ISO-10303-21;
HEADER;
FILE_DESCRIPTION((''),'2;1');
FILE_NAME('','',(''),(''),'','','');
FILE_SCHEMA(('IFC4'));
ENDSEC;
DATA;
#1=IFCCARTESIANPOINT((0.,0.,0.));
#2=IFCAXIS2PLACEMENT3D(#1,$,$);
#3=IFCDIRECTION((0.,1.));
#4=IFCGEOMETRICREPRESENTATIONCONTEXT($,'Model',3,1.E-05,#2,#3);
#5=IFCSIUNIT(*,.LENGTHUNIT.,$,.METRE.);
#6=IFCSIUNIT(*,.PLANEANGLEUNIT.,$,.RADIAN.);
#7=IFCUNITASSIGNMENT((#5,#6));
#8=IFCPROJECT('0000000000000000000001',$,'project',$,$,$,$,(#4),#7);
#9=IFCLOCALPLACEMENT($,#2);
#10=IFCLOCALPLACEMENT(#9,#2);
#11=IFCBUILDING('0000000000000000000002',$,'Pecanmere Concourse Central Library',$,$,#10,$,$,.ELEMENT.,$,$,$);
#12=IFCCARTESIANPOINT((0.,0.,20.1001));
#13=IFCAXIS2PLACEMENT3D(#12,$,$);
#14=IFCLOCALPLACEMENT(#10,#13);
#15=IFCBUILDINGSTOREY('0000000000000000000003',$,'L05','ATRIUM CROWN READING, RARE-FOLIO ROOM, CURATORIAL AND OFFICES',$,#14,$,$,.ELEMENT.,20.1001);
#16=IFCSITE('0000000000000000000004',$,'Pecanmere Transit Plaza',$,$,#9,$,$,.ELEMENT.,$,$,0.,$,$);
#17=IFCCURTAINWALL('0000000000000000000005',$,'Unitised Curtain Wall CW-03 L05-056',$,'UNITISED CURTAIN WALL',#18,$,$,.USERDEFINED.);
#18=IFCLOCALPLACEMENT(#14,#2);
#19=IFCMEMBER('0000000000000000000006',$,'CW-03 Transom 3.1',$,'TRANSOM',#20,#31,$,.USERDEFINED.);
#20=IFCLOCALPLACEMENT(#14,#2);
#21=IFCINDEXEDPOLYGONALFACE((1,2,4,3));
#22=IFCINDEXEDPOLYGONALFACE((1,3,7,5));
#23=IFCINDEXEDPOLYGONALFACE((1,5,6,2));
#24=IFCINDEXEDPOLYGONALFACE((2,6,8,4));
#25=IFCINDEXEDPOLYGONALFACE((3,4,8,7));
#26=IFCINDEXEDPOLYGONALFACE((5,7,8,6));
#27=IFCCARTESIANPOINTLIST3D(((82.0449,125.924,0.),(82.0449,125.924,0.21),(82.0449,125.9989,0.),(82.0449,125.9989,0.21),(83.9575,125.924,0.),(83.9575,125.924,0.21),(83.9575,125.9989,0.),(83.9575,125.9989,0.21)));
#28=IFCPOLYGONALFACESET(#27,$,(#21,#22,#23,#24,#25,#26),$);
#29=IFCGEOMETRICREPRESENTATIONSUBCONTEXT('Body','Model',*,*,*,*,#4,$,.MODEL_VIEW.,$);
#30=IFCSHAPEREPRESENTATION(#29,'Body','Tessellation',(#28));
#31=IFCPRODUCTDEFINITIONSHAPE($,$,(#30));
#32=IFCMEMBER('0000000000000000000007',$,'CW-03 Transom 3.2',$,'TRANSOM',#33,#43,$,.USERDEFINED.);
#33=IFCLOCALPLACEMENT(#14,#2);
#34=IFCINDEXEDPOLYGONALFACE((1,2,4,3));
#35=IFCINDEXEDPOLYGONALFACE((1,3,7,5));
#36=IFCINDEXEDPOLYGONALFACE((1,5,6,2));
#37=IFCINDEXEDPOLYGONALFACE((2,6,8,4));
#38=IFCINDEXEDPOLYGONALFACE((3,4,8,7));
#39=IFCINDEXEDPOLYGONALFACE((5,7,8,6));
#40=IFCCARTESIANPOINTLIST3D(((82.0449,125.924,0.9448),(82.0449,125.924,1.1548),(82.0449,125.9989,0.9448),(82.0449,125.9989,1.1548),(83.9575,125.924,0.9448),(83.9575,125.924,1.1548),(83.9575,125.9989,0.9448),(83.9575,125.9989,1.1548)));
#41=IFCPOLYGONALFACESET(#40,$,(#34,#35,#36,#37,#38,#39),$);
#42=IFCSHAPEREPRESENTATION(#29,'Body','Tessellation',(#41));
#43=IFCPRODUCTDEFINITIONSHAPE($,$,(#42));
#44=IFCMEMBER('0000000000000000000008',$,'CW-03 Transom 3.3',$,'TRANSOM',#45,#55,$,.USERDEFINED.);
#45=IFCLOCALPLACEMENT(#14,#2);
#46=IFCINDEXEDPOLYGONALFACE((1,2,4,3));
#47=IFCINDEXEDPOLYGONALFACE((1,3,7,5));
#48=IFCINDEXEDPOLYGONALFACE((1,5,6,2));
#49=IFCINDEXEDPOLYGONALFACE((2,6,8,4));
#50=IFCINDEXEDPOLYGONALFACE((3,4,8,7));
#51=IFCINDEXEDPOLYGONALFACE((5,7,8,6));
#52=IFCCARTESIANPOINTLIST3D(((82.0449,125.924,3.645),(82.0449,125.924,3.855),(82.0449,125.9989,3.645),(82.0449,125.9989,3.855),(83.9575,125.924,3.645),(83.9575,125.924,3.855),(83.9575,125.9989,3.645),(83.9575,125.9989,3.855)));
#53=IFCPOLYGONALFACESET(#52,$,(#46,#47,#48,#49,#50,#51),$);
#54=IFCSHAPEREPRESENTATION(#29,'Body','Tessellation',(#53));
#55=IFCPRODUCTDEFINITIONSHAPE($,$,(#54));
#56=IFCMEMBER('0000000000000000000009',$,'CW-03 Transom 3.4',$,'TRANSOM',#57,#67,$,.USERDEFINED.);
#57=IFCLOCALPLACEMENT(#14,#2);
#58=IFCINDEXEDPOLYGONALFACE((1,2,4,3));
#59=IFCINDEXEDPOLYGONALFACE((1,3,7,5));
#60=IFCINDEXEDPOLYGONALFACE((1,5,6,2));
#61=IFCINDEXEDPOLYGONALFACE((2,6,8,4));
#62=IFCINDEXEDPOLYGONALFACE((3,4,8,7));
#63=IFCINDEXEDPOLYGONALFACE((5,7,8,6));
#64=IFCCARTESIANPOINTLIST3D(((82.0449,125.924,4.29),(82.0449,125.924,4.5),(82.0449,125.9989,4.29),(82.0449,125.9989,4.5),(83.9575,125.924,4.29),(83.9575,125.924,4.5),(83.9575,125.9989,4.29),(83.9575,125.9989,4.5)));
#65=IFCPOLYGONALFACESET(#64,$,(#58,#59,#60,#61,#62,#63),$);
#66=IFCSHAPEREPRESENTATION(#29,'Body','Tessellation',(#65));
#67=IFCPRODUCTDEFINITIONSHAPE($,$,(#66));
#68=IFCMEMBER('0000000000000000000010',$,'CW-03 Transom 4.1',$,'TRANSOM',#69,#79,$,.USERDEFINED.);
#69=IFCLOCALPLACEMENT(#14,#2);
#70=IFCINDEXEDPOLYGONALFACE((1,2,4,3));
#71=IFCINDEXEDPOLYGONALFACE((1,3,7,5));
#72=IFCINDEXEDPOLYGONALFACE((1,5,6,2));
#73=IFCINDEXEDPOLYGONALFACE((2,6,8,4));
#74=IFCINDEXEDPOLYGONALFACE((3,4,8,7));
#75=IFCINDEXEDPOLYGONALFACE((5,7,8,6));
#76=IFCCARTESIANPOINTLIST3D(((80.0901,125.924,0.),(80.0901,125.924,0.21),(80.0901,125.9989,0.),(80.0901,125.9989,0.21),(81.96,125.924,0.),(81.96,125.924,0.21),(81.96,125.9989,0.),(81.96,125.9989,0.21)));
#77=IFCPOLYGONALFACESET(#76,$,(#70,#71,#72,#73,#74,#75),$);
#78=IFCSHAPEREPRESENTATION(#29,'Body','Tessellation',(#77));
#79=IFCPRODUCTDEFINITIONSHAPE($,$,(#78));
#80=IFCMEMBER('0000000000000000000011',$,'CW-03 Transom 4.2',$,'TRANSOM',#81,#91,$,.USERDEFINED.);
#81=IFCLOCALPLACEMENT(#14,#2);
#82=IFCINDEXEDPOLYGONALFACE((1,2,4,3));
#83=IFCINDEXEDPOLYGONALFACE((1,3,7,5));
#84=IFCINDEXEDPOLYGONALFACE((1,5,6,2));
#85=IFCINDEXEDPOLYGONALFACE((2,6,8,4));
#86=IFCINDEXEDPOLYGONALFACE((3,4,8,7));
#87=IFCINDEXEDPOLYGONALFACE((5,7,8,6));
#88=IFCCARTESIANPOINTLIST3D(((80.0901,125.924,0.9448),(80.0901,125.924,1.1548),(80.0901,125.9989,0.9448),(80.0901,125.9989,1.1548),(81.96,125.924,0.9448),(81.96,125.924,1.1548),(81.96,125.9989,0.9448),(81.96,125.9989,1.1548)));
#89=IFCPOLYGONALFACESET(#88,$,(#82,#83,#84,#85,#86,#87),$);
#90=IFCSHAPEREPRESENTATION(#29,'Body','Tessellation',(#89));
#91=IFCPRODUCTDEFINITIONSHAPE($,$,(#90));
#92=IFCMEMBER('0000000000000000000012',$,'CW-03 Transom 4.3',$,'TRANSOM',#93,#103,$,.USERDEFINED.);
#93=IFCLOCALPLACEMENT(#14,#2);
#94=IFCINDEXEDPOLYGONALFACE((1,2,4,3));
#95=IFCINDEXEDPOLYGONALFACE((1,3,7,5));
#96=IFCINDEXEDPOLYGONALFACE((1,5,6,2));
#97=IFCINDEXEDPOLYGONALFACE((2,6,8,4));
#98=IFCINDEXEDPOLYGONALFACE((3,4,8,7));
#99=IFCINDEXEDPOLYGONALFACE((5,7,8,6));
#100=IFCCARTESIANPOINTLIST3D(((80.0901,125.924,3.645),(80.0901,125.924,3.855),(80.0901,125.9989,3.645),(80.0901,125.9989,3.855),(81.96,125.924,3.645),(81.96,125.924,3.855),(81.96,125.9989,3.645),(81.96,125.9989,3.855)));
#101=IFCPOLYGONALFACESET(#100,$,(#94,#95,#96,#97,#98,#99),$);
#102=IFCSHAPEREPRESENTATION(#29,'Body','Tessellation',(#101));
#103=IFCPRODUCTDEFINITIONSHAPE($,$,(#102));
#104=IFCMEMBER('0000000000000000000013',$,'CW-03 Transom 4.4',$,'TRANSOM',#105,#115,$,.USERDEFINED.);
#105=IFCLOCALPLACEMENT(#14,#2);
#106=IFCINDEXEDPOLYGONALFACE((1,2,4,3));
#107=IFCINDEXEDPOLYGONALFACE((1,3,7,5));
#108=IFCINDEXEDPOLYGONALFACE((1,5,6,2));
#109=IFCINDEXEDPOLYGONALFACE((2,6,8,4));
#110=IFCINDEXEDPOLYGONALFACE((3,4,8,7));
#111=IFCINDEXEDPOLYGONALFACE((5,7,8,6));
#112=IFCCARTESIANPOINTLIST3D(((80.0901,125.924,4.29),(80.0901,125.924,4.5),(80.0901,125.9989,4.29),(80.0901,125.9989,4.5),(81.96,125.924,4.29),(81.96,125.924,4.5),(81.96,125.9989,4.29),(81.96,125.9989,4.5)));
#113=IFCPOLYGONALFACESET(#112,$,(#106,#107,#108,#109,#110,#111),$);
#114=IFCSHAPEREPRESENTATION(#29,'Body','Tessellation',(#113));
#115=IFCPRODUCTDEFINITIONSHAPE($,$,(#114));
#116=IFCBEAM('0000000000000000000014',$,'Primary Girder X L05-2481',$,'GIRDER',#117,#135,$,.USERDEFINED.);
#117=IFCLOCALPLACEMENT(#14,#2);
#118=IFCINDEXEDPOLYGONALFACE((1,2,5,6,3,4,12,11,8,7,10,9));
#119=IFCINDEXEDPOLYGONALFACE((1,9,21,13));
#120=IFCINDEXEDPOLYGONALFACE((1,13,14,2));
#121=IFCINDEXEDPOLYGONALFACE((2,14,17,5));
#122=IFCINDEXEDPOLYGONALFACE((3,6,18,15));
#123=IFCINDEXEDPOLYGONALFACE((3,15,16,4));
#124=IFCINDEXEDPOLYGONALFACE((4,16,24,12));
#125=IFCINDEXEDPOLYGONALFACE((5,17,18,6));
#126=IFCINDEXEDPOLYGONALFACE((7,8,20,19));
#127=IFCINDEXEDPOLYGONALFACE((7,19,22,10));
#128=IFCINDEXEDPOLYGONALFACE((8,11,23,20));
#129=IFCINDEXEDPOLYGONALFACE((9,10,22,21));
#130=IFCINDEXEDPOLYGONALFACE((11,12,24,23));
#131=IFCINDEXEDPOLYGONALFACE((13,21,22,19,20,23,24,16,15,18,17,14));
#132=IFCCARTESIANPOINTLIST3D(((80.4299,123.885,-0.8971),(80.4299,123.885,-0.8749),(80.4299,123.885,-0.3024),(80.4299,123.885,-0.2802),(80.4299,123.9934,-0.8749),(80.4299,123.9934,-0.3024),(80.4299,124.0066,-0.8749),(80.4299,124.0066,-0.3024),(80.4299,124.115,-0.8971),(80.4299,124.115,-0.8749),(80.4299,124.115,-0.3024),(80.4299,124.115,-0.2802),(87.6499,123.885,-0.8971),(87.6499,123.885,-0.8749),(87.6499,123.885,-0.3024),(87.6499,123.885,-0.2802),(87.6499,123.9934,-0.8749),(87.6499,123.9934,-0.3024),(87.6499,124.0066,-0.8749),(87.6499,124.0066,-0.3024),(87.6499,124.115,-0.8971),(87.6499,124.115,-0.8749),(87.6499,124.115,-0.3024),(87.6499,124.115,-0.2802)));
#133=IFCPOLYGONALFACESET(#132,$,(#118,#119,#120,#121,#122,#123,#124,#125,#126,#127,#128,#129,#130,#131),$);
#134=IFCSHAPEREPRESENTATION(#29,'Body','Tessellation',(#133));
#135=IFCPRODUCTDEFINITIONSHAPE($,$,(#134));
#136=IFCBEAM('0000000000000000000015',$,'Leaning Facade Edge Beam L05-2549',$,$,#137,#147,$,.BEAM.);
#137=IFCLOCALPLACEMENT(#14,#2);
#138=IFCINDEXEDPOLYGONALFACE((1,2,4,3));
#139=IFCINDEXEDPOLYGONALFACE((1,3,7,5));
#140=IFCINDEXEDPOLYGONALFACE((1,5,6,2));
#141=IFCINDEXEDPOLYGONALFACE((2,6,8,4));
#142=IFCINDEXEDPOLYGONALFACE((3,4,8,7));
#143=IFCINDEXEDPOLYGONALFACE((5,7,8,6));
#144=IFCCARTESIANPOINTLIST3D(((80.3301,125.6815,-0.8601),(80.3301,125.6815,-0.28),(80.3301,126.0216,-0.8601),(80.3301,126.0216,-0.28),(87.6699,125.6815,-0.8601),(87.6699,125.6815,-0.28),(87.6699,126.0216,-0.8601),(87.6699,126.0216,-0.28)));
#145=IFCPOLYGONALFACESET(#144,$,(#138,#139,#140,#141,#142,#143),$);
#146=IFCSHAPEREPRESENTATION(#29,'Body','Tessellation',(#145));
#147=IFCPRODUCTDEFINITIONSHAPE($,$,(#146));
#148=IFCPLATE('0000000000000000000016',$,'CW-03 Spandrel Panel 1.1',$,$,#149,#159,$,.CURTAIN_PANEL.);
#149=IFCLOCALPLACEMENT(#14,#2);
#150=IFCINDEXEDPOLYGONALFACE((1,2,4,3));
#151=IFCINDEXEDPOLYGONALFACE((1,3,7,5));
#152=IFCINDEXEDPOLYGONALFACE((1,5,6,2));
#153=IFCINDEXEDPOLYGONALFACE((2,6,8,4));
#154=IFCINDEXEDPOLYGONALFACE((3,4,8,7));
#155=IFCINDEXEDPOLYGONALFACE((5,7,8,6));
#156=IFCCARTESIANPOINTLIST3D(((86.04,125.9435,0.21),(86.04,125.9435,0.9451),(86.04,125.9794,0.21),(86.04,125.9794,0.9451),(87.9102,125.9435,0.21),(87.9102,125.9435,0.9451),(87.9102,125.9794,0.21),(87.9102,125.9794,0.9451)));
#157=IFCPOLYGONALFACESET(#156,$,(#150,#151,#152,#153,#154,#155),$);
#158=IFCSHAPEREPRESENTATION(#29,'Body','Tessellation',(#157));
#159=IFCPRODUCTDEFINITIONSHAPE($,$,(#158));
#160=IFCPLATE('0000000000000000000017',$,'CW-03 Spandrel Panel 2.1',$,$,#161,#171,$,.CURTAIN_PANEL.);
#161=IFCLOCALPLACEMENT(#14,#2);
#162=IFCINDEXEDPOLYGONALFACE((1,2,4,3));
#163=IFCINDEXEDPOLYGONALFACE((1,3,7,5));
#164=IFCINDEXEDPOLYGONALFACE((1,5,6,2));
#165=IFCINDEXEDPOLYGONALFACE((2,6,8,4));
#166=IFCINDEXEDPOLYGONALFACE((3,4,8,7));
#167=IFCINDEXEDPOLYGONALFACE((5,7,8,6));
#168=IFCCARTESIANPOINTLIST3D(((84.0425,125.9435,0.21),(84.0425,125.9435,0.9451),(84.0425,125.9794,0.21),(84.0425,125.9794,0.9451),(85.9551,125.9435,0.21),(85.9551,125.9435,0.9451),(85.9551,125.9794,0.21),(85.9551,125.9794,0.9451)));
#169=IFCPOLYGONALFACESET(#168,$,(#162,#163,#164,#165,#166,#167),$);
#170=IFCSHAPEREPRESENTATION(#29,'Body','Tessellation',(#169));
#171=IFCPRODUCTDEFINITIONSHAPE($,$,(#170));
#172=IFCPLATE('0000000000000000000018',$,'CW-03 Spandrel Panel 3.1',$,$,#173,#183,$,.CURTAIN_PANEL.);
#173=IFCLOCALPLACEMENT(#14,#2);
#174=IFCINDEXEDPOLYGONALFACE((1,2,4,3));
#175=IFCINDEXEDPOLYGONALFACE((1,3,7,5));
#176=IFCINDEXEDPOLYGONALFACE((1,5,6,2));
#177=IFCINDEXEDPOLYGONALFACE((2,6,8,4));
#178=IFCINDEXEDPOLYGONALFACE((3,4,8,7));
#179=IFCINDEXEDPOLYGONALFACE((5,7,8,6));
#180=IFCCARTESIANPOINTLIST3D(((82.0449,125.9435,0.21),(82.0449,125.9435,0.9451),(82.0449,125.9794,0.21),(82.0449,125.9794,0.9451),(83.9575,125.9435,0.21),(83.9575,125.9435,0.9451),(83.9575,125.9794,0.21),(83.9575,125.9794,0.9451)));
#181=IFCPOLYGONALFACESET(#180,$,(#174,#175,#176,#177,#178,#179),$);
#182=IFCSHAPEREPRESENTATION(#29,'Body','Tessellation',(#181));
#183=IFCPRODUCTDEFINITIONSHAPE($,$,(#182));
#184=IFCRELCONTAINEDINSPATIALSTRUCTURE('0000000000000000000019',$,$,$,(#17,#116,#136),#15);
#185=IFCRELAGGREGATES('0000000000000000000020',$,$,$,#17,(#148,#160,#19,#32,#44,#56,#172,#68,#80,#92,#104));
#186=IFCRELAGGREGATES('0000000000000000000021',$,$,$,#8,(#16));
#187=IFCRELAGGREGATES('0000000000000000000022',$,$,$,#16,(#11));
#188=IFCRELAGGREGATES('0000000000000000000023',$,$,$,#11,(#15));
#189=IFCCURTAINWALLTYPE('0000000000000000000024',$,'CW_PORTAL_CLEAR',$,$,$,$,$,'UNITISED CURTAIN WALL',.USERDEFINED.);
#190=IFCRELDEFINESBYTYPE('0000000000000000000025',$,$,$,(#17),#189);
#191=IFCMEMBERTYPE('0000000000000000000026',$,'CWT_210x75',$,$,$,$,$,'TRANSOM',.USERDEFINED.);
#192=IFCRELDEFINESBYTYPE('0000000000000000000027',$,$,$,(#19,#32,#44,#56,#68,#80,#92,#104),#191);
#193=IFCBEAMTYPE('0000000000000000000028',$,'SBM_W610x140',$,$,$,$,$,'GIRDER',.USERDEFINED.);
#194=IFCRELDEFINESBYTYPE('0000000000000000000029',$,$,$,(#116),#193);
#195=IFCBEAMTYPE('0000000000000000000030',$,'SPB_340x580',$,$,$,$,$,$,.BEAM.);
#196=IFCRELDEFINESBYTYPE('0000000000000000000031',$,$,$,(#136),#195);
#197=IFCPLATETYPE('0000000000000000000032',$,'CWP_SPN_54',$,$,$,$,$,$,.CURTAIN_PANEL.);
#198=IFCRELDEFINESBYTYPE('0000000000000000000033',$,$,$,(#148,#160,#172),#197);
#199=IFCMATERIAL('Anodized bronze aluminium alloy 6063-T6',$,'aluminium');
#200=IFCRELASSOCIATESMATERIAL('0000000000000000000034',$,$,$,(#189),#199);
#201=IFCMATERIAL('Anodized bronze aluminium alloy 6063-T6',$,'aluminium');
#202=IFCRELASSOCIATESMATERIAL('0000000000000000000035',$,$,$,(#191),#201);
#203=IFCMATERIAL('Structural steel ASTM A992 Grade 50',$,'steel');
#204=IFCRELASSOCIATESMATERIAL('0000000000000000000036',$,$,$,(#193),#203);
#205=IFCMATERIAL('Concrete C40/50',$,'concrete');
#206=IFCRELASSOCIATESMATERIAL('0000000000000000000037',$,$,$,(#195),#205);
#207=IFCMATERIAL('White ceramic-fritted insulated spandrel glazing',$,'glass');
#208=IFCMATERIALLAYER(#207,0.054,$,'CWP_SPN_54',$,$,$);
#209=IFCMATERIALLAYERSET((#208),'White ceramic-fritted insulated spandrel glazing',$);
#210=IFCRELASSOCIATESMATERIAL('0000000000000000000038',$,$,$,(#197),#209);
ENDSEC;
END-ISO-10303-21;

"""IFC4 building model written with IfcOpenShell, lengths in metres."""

from ifc_helpers import new_model, si_unit, direction, frame, origin, origin_2d, place, context, subcontext, project, spatial, rectangle, i_section, extrude, material, layer, layer_set, material_profile, profile_set, type_object, element, aggregate, save


model = new_model("IFC4")

# Units and contexts
model_context = context("Model", 3, precision=1e-05, world=origin(), true_north=direction((0.0, 1.0)))
body_context = subcontext(model_context, "Body", "Model", "MODEL_VIEW")
ifc_project = project(units=[si_unit("LENGTHUNIT", "METRE"), si_unit("PLANEANGLEUNIT", "RADIAN")], contexts=[model_context])

# Site, building, storey
site_placement = place(None, origin())
site = spatial("IfcSite", under=ifc_project, at=site_placement, Name="Pecanmere Transit Plaza", CompositionType="ELEMENT", RefElevation=0.0)
building_placement = place(site_placement, origin())
building = spatial("IfcBuilding", under=site, at=building_placement, Name="Pecanmere Concourse Central Library", CompositionType="ELEMENT")
storey_placement = place(building_placement, frame((0.0, 0.0, 20.1001)))
storey = spatial("IfcBuildingStorey", under=building, at=storey_placement, Name="L05", Description="ATRIUM CROWN READING, RARE-FOLIO ROOM, CURATORIAL AND OFFICES", CompositionType="ELEMENT", Elevation=20.1001)

# Curtain wall
ifc_material_1 = material(Name="Anodized bronze aluminium alloy 6063-T6", Category="aluminium")
curtain_wall_type_1 = type_object("IfcCurtainWallType", Name="CW_PORTAL_CLEAR", ElementType="UNITISED CURTAIN WALL", PredefinedType="USERDEFINED", material=ifc_material_1)
curtain_wall_1_placement = place(storey_placement, origin())
curtain_wall_1 = element("IfcCurtainWall", 1, at=curtain_wall_1_placement, inside=storey, type_object=curtain_wall_type_1, Name="Unitised Curtain Wall CW-03 L05-056", ObjectType="UNITISED CURTAIN WALL", PredefinedType="USERDEFINED")

# Members
ifc_material_2 = material(Name="Anodized bronze aluminium alloy 6063-T6", Category="aluminium")
ifc_material_profile_1 = material_profile(ifc_material_2, rectangle(XDim=0.075, YDim=0.21, at=origin_2d()), Name="AL 75x210")
ifc_profile_set_1 = profile_set([ifc_material_profile_1], Name="Anodized bronze aluminium alloy 6063-T6")
member_type_1 = type_object("IfcMemberType", Name="CWT_210x75", ElementType="TRANSOM", PredefinedType="USERDEFINED", material=ifc_profile_set_1)
member_1_placement = place(storey_placement, frame((83.9575, 125.9614, 0.105), z_axis=(-1.0, 0.0, 0.0), x_axis=(0.0, -1.0, 0.0)))
member_1 = element("IfcMember", 2, at=member_1_placement, type_object=member_type_1, Name="CW-03 Transom 3.1", ObjectType="TRANSOM", PredefinedType="USERDEFINED", context=body_context, shape_type="SweptSolid", body=[
    extrude(rectangle(XDim=0.075, YDim=0.21, at=origin_2d()), origin(), (0.0, 0.0, 1.0), 1.9126),
])
member_2_placement = place(storey_placement, frame((83.9575, 125.9614, 1.0498), z_axis=(-1.0, 0.0, 0.0), x_axis=(0.0, -1.0, 0.0)))
member_2 = element("IfcMember", 3, at=member_2_placement, type_object=member_type_1, Name="CW-03 Transom 3.2", ObjectType="TRANSOM", PredefinedType="USERDEFINED", context=body_context, shape_type="SweptSolid", body=[
    extrude(rectangle(XDim=0.075, YDim=0.21, at=origin_2d()), origin(), (0.0, 0.0, 1.0), 1.9126),
])
member_3_placement = place(storey_placement, frame((83.9575, 125.9614, 3.75), z_axis=(-1.0, 0.0, 0.0), x_axis=(0.0, -1.0, 0.0)))
member_3 = element("IfcMember", 4, at=member_3_placement, type_object=member_type_1, Name="CW-03 Transom 3.3", ObjectType="TRANSOM", PredefinedType="USERDEFINED", context=body_context, shape_type="SweptSolid", body=[
    extrude(rectangle(XDim=0.075, YDim=0.21, at=origin_2d()), origin(), (0.0, 0.0, 1.0), 1.9126),
])
member_4_placement = place(storey_placement, frame((83.9575, 125.9614, 4.395), z_axis=(-1.0, 0.0, 0.0), x_axis=(0.0, -1.0, 0.0)))
member_4 = element("IfcMember", 5, at=member_4_placement, type_object=member_type_1, Name="CW-03 Transom 3.4", ObjectType="TRANSOM", PredefinedType="USERDEFINED", context=body_context, shape_type="SweptSolid", body=[
    extrude(rectangle(XDim=0.075, YDim=0.21, at=origin_2d()), origin(), (0.0, 0.0, 1.0), 1.9126),
])
member_5_placement = place(storey_placement, frame((81.96, 125.9614, 0.105), z_axis=(-1.0, 0.0, 0.0), x_axis=(0.0, -1.0, 0.0)))
member_5 = element("IfcMember", 6, at=member_5_placement, type_object=member_type_1, Name="CW-03 Transom 4.1", ObjectType="TRANSOM", PredefinedType="USERDEFINED", context=body_context, shape_type="SweptSolid", body=[
    extrude(rectangle(XDim=0.075, YDim=0.21, at=origin_2d()), origin(), (0.0, 0.0, 1.0), 1.8699),
])
member_6_placement = place(storey_placement, frame((81.96, 125.9614, 1.0498), z_axis=(-1.0, 0.0, 0.0), x_axis=(0.0, -1.0, 0.0)))
member_6 = element("IfcMember", 7, at=member_6_placement, type_object=member_type_1, Name="CW-03 Transom 4.2", ObjectType="TRANSOM", PredefinedType="USERDEFINED", context=body_context, shape_type="SweptSolid", body=[
    extrude(rectangle(XDim=0.075, YDim=0.21, at=origin_2d()), origin(), (0.0, 0.0, 1.0), 1.8699),
])
member_7_placement = place(storey_placement, frame((81.96, 125.9614, 3.75), z_axis=(-1.0, 0.0, 0.0), x_axis=(0.0, -1.0, 0.0)))
member_7 = element("IfcMember", 8, at=member_7_placement, type_object=member_type_1, Name="CW-03 Transom 4.3", ObjectType="TRANSOM", PredefinedType="USERDEFINED", context=body_context, shape_type="SweptSolid", body=[
    extrude(rectangle(XDim=0.075, YDim=0.21, at=origin_2d()), origin(), (0.0, 0.0, 1.0), 1.8699),
])
member_8_placement = place(storey_placement, frame((81.96, 125.9614, 4.395), z_axis=(-1.0, 0.0, 0.0), x_axis=(0.0, -1.0, 0.0)))
member_8 = element("IfcMember", 9, at=member_8_placement, type_object=member_type_1, Name="CW-03 Transom 4.4", ObjectType="TRANSOM", PredefinedType="USERDEFINED", context=body_context, shape_type="SweptSolid", body=[
    extrude(rectangle(XDim=0.075, YDim=0.21, at=origin_2d()), origin(), (0.0, 0.0, 1.0), 1.8699),
])

# Beams
ifc_material_3 = material(Name="Structural steel ASTM A992 Grade 50", Category="steel")
ifc_material_profile_2 = material_profile(ifc_material_3, i_section(OverallWidth=0.23, OverallDepth=0.6169, WebThickness=0.0132, FlangeThickness=0.0222, at=origin_2d()), Name="W610x140")
ifc_profile_set_2 = profile_set([ifc_material_profile_2], Name="Structural steel ASTM A992 Grade 50")
beam_type_1 = type_object("IfcBeamType", Name="SBM_W610x140", ElementType="GIRDER", PredefinedType="USERDEFINED", material=ifc_profile_set_2)
beam_1_placement = place(storey_placement, frame((80.4299, 124.0, -0.5886), z_axis=(1.0, 0.0, 0.0), x_axis=(0.0, 1.0, 0.0)))
element("IfcBeam", 10, at=beam_1_placement, inside=storey, type_object=beam_type_1, Name="Primary Girder X L05-2481", ObjectType="GIRDER", PredefinedType="USERDEFINED", context=body_context, shape_type="SweptSolid", body=[
    extrude(i_section(OverallWidth=0.23, OverallDepth=0.6169, WebThickness=0.0132, FlangeThickness=0.0222, at=origin_2d()), origin(), (0.0, 0.0, 1.0), 7.22),
])
ifc_material_4 = material(Name="Concrete C40/50", Category="concrete")
ifc_material_profile_3 = material_profile(ifc_material_4, rectangle(XDim=0.3401, YDim=0.5801, at=origin_2d()), Name="RC 340x580")
ifc_profile_set_3 = profile_set([ifc_material_profile_3], Name="Concrete C40/50")
beam_type_2 = type_object("IfcBeamType", Name="SPB_340x580", PredefinedType="BEAM", material=ifc_profile_set_3)
beam_2_placement = place(storey_placement, frame((80.3301, 125.8516, -0.5701), z_axis=(1.0, 0.0, 0.0), x_axis=(0.0, 1.0, 0.0)))
element("IfcBeam", 11, at=beam_2_placement, inside=storey, type_object=beam_type_2, Name="Leaning Facade Edge Beam L05-2549", PredefinedType="BEAM", context=body_context, shape_type="SweptSolid", body=[
    extrude(rectangle(XDim=0.3401, YDim=0.5801, at=origin_2d()), origin(), (0.0, 0.0, 1.0), 7.3398),
])

# Plates
ifc_material_5 = material(Name="White ceramic-fritted insulated spandrel glazing", Category="glass")
ifc_layer_1 = layer(ifc_material_5, 0.054, Name="CWP_SPN_54")
ifc_layer_set_1 = layer_set([ifc_layer_1], Name="White ceramic-fritted insulated spandrel glazing")
plate_type_1 = type_object("IfcPlateType", Name="CWP_SPN_54", PredefinedType="CURTAIN_PANEL", material=ifc_layer_set_1)
plate_1_placement = place(storey_placement, frame((86.9751, 125.9614, 0.21), z_axis=(0.0, 0.0, 1.0), x_axis=(-1.0, 0.0, 0.0)))
plate_1 = element("IfcPlate", 12, at=plate_1_placement, type_object=plate_type_1, Name="CW-03 Spandrel Panel 1.1", PredefinedType="CURTAIN_PANEL", context=body_context, shape_type="SweptSolid", body=[
    extrude(rectangle(XDim=1.8701, YDim=0.0359, at=origin_2d()), origin(), (0.0, 0.0, 1.0), 0.7351),
])
plate_2_placement = place(storey_placement, frame((84.9988, 125.9614, 0.21), z_axis=(0.0, 0.0, 1.0), x_axis=(-1.0, 0.0, 0.0)))
plate_2 = element("IfcPlate", 13, at=plate_2_placement, type_object=plate_type_1, Name="CW-03 Spandrel Panel 2.1", PredefinedType="CURTAIN_PANEL", context=body_context, shape_type="SweptSolid", body=[
    extrude(rectangle(XDim=1.9126, YDim=0.0359, at=origin_2d()), origin(), (0.0, 0.0, 1.0), 0.7351),
])
plate_3_placement = place(storey_placement, frame((83.0012, 125.9614, 0.21), z_axis=(0.0, 0.0, 1.0), x_axis=(-1.0, 0.0, 0.0)))
plate_3 = element("IfcPlate", 14, at=plate_3_placement, type_object=plate_type_1, Name="CW-03 Spandrel Panel 3.1", PredefinedType="CURTAIN_PANEL", context=body_context, shape_type="SweptSolid", body=[
    extrude(rectangle(XDim=1.9126, YDim=0.0359, at=origin_2d()), origin(), (0.0, 0.0, 1.0), 0.7351),
])
aggregate(curtain_wall_1, [plate_1, plate_2, member_1, member_2, member_3, member_4, plate_3, member_5, member_6, member_7, member_8])

save(model, "model.ifc")
